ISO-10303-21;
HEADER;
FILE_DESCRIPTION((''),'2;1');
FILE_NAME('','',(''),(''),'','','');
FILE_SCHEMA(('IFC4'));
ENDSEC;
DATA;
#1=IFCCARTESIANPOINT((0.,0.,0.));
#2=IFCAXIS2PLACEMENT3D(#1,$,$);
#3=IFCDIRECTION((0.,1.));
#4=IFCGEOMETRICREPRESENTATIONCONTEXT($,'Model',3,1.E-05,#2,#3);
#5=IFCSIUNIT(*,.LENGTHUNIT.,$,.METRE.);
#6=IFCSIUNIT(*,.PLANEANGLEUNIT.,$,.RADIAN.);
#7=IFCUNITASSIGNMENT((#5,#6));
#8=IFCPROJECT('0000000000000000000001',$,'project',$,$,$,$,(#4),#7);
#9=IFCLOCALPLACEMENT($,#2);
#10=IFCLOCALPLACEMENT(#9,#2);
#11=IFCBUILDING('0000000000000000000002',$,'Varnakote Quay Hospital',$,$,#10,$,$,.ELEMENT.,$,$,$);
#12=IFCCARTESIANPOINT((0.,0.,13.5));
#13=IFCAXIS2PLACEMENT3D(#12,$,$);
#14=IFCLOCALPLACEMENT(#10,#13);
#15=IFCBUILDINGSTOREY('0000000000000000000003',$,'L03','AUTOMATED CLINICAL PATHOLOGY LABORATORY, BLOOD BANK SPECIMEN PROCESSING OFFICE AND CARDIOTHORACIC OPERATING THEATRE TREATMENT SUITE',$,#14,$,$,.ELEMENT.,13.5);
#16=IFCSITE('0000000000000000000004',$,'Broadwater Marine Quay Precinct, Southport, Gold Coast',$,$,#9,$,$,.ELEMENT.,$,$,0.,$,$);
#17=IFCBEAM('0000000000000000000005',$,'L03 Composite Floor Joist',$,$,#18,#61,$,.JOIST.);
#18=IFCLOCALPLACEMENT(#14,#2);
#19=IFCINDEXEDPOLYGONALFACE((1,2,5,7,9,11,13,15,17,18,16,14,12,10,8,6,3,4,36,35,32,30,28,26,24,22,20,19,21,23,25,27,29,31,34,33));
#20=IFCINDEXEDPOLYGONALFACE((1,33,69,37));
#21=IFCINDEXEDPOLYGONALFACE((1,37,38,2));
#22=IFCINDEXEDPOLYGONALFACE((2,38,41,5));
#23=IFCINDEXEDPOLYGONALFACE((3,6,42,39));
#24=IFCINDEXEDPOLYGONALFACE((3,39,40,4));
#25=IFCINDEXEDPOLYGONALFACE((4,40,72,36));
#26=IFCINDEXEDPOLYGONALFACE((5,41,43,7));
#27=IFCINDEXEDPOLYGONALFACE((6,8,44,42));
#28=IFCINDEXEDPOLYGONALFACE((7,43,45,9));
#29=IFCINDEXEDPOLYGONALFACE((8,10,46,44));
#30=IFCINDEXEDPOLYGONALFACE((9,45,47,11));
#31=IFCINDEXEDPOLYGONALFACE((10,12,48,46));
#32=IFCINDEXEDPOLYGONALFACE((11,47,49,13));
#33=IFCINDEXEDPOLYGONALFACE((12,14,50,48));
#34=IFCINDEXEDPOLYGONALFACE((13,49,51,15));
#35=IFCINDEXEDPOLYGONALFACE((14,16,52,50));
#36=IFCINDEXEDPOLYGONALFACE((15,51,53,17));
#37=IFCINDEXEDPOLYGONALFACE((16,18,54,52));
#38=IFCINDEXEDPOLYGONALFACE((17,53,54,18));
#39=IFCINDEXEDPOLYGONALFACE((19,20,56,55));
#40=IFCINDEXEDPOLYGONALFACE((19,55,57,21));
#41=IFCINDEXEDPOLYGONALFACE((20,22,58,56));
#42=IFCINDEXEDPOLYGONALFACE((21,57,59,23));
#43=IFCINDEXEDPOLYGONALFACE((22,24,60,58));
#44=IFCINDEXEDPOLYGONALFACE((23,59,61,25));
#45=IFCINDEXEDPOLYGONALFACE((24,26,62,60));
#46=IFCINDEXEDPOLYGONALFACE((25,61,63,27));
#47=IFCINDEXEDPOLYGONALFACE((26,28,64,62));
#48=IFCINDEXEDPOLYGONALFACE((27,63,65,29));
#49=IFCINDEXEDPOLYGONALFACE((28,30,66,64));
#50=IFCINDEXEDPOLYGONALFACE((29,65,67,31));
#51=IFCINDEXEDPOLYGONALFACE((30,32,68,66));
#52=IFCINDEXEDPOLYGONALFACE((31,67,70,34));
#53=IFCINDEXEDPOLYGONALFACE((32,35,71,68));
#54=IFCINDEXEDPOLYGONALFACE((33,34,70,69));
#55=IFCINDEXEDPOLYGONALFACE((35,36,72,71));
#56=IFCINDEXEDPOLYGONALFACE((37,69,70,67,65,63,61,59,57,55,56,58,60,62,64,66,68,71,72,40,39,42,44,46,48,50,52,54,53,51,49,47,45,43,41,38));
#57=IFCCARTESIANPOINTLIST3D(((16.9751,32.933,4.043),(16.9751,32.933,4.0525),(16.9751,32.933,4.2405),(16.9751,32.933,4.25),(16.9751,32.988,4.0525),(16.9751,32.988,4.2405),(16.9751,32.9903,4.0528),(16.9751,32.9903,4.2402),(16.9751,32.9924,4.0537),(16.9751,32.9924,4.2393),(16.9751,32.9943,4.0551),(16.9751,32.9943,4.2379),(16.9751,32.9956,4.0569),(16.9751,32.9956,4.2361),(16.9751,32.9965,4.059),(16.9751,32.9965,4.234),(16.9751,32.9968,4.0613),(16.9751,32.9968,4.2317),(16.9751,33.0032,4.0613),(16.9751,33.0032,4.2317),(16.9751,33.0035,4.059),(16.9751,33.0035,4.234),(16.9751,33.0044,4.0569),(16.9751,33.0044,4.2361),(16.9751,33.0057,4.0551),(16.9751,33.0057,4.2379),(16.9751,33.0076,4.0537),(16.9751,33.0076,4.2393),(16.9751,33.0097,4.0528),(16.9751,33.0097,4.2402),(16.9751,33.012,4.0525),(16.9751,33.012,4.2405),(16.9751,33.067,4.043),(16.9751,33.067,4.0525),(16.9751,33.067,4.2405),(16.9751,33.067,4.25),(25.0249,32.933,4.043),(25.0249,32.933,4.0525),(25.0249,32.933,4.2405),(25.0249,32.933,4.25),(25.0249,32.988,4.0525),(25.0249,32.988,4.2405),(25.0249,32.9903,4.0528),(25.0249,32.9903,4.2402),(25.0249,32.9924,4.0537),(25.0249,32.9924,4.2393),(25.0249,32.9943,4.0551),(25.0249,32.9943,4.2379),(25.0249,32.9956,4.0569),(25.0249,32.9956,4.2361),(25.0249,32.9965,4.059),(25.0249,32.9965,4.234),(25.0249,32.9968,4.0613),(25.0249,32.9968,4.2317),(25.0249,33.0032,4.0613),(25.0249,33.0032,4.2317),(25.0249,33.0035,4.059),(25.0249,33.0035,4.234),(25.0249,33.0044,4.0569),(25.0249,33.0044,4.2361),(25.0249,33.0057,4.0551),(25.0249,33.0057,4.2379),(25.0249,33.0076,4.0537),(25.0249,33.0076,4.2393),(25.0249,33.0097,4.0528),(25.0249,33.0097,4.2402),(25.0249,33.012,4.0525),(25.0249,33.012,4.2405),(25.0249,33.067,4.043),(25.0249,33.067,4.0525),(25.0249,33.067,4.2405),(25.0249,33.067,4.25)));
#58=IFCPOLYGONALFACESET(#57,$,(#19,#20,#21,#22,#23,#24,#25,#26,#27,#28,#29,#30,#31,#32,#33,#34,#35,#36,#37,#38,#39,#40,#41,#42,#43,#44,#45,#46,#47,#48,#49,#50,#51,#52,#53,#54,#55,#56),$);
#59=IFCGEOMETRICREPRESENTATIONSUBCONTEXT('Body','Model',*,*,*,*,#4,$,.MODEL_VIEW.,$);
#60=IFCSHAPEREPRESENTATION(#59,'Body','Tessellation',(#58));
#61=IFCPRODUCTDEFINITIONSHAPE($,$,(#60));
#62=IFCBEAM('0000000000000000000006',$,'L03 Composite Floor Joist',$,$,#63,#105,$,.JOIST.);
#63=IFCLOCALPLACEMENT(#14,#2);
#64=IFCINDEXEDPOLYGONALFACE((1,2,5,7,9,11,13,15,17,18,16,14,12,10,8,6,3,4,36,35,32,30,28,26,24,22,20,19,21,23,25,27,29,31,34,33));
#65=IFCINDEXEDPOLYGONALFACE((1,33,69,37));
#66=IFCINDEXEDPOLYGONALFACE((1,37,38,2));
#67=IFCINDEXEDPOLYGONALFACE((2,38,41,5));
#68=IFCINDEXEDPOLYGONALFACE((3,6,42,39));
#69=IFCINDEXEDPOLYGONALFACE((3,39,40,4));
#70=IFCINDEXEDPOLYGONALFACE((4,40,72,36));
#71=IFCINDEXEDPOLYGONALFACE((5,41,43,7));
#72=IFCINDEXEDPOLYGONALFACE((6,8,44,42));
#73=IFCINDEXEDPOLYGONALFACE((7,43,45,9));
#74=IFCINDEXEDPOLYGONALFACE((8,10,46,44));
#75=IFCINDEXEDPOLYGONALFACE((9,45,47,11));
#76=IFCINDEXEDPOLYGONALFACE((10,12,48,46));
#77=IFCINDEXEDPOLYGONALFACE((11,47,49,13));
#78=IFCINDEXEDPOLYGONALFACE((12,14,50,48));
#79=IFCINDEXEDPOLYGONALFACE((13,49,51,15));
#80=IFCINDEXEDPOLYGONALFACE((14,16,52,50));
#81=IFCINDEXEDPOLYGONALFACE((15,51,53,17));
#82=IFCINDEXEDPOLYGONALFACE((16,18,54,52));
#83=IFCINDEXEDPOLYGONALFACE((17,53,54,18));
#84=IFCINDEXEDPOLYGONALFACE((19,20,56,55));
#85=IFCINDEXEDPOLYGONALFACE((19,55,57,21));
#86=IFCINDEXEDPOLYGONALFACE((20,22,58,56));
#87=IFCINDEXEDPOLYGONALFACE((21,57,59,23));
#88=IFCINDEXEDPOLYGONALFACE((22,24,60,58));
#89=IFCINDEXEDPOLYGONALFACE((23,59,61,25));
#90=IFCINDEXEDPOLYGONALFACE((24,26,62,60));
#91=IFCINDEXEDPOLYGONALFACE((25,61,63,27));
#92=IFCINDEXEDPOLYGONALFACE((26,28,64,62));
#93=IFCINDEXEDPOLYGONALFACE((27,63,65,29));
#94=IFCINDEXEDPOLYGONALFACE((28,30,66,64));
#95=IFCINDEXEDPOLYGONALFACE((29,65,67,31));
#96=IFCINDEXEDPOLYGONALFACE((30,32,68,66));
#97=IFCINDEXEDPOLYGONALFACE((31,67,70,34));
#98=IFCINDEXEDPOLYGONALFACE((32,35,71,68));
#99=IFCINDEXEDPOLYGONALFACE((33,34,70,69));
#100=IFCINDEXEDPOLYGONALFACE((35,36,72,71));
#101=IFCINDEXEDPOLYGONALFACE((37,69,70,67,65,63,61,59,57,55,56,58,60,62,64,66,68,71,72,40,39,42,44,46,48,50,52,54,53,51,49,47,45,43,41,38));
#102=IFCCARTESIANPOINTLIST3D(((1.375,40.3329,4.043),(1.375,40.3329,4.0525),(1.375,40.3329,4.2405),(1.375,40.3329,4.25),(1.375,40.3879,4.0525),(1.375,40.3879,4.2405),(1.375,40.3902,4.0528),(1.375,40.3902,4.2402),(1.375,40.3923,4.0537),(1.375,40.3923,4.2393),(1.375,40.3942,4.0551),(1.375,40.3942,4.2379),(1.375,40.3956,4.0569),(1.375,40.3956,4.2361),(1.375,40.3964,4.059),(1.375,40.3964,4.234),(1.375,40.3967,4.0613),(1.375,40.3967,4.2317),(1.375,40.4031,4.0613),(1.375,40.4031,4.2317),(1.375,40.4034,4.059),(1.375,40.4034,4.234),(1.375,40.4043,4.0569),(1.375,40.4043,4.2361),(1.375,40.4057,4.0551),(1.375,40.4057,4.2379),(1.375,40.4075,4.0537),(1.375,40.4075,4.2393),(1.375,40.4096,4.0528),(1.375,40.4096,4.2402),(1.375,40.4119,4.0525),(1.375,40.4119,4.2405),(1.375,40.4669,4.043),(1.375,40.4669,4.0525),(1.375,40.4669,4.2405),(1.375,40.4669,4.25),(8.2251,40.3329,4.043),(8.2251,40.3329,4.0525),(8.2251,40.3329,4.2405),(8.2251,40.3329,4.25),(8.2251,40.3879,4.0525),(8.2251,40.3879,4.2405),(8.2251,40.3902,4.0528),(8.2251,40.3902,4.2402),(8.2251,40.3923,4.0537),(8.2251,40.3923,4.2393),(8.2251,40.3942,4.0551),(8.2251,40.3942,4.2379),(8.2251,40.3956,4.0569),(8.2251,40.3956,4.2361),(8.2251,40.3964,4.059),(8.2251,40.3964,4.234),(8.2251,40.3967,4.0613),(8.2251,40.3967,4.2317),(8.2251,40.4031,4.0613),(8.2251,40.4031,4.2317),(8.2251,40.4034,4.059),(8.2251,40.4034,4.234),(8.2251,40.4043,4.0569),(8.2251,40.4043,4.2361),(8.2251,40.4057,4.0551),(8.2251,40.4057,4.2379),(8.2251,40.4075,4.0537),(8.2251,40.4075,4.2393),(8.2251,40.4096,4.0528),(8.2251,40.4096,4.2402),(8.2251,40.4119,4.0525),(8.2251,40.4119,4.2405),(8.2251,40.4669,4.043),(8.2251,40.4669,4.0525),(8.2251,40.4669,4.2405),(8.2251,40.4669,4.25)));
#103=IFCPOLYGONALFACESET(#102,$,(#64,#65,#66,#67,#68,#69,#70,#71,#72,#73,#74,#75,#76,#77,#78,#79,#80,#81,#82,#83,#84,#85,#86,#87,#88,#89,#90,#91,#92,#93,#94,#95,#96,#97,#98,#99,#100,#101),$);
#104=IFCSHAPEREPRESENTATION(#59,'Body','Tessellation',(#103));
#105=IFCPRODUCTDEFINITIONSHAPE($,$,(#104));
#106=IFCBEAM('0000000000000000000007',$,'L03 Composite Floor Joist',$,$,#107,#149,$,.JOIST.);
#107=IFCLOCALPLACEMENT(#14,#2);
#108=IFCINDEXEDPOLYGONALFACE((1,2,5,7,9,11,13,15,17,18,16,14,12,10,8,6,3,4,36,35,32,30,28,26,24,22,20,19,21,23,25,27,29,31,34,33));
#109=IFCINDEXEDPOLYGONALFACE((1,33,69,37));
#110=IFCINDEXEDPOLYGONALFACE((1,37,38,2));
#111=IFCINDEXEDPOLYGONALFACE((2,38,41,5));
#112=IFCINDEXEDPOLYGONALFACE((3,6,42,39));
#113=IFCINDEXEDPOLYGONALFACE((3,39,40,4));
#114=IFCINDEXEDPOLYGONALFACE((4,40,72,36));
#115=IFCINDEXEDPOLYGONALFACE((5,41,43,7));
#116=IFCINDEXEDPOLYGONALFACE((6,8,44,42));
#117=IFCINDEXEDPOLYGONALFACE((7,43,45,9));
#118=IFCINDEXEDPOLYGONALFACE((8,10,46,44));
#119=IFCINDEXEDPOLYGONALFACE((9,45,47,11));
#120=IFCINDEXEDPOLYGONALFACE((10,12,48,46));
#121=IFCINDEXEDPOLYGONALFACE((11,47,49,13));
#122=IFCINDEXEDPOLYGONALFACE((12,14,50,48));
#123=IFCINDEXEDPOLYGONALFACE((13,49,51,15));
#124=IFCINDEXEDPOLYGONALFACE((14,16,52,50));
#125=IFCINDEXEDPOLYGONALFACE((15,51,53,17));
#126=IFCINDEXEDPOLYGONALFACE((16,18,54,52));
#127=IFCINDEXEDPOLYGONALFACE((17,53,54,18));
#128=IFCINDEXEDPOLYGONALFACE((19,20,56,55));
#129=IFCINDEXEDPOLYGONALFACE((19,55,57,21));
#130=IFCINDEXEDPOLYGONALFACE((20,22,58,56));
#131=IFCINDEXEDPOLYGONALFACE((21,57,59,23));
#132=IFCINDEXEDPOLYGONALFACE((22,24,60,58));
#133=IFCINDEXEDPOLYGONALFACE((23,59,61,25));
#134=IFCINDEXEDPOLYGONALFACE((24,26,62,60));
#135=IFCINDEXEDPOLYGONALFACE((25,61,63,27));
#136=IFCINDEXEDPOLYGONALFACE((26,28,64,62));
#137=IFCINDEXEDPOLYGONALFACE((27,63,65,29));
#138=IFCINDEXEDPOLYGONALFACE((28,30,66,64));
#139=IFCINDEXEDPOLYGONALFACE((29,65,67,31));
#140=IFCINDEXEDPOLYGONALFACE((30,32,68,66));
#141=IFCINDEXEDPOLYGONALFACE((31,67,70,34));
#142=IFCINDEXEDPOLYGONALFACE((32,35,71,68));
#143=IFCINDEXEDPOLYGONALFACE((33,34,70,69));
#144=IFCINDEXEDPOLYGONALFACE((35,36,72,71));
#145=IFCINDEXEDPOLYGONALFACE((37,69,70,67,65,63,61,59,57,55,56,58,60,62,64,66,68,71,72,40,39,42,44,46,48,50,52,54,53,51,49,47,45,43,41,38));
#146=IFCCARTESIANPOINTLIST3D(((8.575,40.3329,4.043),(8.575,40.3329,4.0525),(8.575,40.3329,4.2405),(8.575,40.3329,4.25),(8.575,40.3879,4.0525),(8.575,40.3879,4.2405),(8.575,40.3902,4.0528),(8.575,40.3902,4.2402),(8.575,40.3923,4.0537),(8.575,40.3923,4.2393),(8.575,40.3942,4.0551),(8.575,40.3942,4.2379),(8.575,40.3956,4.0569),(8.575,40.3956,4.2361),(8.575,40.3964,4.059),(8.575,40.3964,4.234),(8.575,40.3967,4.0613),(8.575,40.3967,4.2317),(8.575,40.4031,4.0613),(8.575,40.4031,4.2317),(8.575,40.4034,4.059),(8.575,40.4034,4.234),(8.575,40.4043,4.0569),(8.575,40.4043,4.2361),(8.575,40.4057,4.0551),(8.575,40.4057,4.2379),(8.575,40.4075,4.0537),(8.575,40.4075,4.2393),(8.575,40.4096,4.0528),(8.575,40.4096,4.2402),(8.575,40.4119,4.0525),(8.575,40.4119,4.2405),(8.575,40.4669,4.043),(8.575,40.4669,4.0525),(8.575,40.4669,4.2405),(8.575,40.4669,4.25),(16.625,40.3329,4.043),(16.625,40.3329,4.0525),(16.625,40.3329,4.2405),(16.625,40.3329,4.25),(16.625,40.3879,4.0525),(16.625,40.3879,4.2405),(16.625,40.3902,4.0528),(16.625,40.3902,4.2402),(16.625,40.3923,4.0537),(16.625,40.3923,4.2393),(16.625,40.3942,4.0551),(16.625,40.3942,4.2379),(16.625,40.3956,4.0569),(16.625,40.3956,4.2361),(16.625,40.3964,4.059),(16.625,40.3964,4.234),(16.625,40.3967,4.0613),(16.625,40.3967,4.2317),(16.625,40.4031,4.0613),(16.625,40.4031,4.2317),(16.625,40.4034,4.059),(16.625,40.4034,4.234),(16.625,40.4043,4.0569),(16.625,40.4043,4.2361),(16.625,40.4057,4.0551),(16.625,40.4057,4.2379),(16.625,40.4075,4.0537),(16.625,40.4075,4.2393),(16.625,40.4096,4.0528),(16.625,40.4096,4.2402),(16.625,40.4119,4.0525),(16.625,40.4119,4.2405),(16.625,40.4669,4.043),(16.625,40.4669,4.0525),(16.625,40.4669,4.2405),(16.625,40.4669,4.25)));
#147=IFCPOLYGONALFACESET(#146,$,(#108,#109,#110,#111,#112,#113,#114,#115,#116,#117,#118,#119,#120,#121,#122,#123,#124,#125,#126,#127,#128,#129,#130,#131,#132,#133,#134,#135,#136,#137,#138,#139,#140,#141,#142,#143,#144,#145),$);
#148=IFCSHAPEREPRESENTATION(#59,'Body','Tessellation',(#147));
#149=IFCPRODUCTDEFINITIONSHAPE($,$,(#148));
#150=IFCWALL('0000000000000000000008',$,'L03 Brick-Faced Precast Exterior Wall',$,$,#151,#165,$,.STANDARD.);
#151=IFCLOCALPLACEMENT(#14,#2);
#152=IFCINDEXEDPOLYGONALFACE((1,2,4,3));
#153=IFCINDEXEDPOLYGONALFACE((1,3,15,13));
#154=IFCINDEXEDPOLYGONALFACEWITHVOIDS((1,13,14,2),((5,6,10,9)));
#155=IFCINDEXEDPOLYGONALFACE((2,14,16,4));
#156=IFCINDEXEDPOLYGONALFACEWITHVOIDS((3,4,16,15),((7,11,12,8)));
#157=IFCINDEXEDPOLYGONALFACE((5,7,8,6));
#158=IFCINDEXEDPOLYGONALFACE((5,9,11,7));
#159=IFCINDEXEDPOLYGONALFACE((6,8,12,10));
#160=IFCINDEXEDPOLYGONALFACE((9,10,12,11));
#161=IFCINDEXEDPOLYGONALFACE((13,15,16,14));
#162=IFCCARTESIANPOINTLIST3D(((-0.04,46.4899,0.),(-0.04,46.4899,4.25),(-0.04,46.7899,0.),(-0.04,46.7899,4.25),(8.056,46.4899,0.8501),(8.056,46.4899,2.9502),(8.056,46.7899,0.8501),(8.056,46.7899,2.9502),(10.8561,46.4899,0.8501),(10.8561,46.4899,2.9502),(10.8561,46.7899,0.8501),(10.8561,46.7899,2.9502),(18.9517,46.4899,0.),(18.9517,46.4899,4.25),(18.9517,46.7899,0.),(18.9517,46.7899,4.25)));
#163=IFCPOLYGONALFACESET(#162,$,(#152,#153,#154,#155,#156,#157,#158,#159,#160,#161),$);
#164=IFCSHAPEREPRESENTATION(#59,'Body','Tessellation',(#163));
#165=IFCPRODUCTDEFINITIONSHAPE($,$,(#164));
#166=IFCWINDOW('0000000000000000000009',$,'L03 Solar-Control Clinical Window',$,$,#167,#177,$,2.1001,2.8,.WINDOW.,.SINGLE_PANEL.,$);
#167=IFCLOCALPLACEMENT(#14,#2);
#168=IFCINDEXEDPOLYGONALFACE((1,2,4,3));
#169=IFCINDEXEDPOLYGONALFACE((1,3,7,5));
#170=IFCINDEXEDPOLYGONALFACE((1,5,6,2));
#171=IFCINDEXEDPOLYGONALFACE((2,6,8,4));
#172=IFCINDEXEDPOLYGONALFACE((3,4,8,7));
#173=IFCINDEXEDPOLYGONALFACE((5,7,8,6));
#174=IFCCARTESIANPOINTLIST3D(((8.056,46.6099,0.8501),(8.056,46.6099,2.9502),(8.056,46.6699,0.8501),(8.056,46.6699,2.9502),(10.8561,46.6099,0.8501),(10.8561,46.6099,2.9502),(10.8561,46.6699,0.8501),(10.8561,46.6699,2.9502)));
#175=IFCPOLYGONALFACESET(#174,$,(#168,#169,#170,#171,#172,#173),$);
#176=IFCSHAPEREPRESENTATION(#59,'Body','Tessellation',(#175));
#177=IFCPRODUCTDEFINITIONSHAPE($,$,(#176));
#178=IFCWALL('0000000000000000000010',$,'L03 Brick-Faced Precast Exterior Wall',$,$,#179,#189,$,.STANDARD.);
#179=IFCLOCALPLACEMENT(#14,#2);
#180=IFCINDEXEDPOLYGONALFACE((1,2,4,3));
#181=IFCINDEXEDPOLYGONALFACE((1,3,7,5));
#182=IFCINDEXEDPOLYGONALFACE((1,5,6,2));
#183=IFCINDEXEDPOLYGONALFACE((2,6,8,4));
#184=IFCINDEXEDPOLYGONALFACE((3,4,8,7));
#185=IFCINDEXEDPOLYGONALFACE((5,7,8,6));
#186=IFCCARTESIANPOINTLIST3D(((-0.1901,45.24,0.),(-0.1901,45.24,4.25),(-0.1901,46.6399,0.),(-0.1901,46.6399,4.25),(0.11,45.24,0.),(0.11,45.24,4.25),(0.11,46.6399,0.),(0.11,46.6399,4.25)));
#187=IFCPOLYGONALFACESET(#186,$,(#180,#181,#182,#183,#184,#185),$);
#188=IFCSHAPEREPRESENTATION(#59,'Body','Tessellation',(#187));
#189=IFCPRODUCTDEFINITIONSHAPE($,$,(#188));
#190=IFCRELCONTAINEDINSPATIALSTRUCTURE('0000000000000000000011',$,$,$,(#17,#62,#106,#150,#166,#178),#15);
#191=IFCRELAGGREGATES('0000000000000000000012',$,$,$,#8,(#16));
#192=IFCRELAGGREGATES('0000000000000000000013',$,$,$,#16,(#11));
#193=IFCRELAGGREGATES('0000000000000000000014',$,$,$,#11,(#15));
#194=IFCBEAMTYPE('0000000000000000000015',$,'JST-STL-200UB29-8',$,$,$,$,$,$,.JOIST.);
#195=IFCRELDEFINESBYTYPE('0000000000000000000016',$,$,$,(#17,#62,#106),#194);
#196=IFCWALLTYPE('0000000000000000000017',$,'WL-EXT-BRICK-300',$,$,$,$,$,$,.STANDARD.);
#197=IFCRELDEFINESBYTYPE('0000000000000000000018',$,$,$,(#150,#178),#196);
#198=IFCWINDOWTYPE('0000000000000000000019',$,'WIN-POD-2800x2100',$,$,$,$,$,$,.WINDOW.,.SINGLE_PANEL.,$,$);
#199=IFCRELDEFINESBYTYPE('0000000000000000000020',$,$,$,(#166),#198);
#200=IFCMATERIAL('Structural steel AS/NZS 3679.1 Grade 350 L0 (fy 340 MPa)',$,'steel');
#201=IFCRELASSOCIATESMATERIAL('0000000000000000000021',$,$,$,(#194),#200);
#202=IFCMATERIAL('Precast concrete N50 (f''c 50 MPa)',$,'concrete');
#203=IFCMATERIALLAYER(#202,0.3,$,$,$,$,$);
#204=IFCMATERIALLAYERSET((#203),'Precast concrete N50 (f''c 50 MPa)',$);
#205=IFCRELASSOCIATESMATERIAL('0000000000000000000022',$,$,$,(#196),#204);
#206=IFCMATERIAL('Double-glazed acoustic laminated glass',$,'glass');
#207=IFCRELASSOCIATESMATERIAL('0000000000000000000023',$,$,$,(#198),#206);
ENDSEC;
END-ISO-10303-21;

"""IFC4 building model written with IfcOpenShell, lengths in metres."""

from ifc_helpers import new_model, si_unit, direction, frame, frame_2d, origin, origin_2d, place, context, subcontext, project, spatial, rectangle, i_section, extrude, material, layer, layer_set, material_profile, profile_set, type_object, element, fill, save


model = new_model("IFC4")

# Units and contexts
model_context = context("Model", 3, precision=1e-05, world=origin(), true_north=direction((0.0, 1.0)))
body_context = subcontext(model_context, "Body", "Model", "MODEL_VIEW")
ifc_project = project(units=[si_unit("LENGTHUNIT", "METRE"), si_unit("PLANEANGLEUNIT", "RADIAN")], contexts=[model_context])

# Site, building, storey
site_placement = place(None, origin())
site = spatial("IfcSite", under=ifc_project, at=site_placement, Name="Broadwater Marine Quay Precinct, Southport, Gold Coast", CompositionType="ELEMENT", RefElevation=0.0)
building_placement = place(site_placement, origin())
building = spatial("IfcBuilding", under=site, at=building_placement, Name="Varnakote Quay Hospital", CompositionType="ELEMENT")
storey_placement = place(building_placement, frame((0.0, 0.0, 13.5)))
storey = spatial("IfcBuildingStorey", under=building, at=storey_placement, Name="L03", Description="AUTOMATED CLINICAL PATHOLOGY LABORATORY, BLOOD BANK SPECIMEN PROCESSING OFFICE AND CARDIOTHORACIC OPERATING THEATRE TREATMENT SUITE", CompositionType="ELEMENT", Elevation=13.5)

# Beams
ifc_material_1 = material(Name="Structural steel AS/NZS 3679.1 Grade 350 L0 (fy 340 MPa)", Category="steel")
ifc_material_profile_1 = material_profile(ifc_material_1, i_section(OverallWidth=0.134, OverallDepth=0.207, WebThickness=0.0063, FlangeThickness=0.0095, FilletRadius=0.0088, at=origin_2d()), Name="200UB29.8")
ifc_profile_set_1 = profile_set([ifc_material_profile_1], Name="Structural steel AS/NZS 3679.1 Grade 350 L0 (fy 340 MPa)")
beam_type_1 = type_object("IfcBeamType", Name="JST-STL-200UB29-8", PredefinedType="JOIST", material=ifc_profile_set_1)
beam_1_placement = place(storey_placement, frame((16.9751, 33.0, 4.1465), z_axis=(1.0, 0.0, 0.0), x_axis=(0.0, 1.0, 0.0)))
element("IfcBeam", 1, at=beam_1_placement, inside=storey, type_object=beam_type_1, Name="L03 Composite Floor Joist", PredefinedType="JOIST", context=body_context, shape_type="SweptSolid", body=[
    extrude(i_section(OverallWidth=0.134, OverallDepth=0.207, WebThickness=0.0063, FlangeThickness=0.0095, FilletRadius=0.0088, at=origin_2d()), origin(), (0.0, 0.0, 1.0), 8.0498),
])
beam_2_placement = place(storey_placement, frame((1.375, 40.3999, 4.1465), z_axis=(1.0, 0.0, 0.0), x_axis=(0.0, 1.0, 0.0)))
element("IfcBeam", 2, at=beam_2_placement, inside=storey, type_object=beam_type_1, Name="L03 Composite Floor Joist", PredefinedType="JOIST", context=body_context, shape_type="SweptSolid", body=[
    extrude(i_section(OverallWidth=0.134, OverallDepth=0.207, WebThickness=0.0063, FlangeThickness=0.0095, FilletRadius=0.0088, at=origin_2d()), origin(), (0.0, 0.0, 1.0), 6.8501),
])
beam_3_placement = place(storey_placement, frame((8.575, 40.3999, 4.1465), z_axis=(1.0, 0.0, 0.0), x_axis=(0.0, 1.0, 0.0)))
element("IfcBeam", 3, at=beam_3_placement, inside=storey, type_object=beam_type_1, Name="L03 Composite Floor Joist", PredefinedType="JOIST", context=body_context, shape_type="SweptSolid", body=[
    extrude(i_section(OverallWidth=0.134, OverallDepth=0.207, WebThickness=0.0063, FlangeThickness=0.0095, FilletRadius=0.0088, at=origin_2d()), origin(), (0.0, 0.0, 1.0), 8.05),
])

# Wall, opening, window
ifc_material_2 = material(Name="Precast concrete N50 (f'c 50 MPa)", Category="concrete")
ifc_layer_1 = layer(ifc_material_2, 0.3)
ifc_layer_set_1 = layer_set([ifc_layer_1], Name="Precast concrete N50 (f'c 50 MPa)")
wall_type_1 = type_object("IfcWallType", Name="WL-EXT-BRICK-300", PredefinedType="STANDARD", material=ifc_layer_set_1)
wall_1_placement = place(storey_placement, frame((18.9517, 46.6399, 0.0), z_axis=(0.0, 0.0, 1.0), x_axis=(-1.0, 0.0, 0.0)))
wall_1 = element("IfcWall", 4, at=wall_1_placement, inside=storey, type_object=wall_type_1, Name="L03 Brick-Faced Precast Exterior Wall", PredefinedType="STANDARD", context=body_context, shape_type="SweptSolid", body=[
    extrude(rectangle(XDim=18.9917, YDim=0.3, at=frame_2d((9.4958, 0.0))), origin(), (0.0, 0.0, 1.0), 4.25),
])
opening_1_placement = place(wall_1_placement, frame((8.0957, 0.0, 0.8501)))
opening_1 = element("IfcOpeningElement", 5, at=opening_1_placement, cuts=wall_1, PredefinedType="OPENING", context=body_context, shape_type="SweptSolid", body=[
    extrude(rectangle(XDim=2.8, YDim=2.1001, at=frame_2d((1.3999, 1.05))), frame((0.0, 0.1599, 0.0), z_axis=(0.0, -1.0, 0.0), x_axis=(1.0, 0.0, 0.0)), (0.0, 0.0, 1.0), 0.3201),
])
ifc_material_3 = material(Name="Double-glazed acoustic laminated glass", Category="glass")
window_type = type_object("IfcWindowType", Name="WIN-POD-2800x2100", PartitioningType="SINGLE_PANEL", PredefinedType="WINDOW", material=ifc_material_3)
window_1_placement = place(opening_1_placement, origin())
window_1 = element("IfcWindow", 6, at=window_1_placement, inside=storey, type_object=window_type, Name="L03 Solar-Control Clinical Window", OverallHeight=2.1001, OverallWidth=2.8, PartitioningType="SINGLE_PANEL", PredefinedType="WINDOW", context=body_context, shape_type="SweptSolid", body=[
    extrude(rectangle(XDim=2.8, YDim=2.1001, at=frame_2d((1.3999, 1.05))), frame((0.0, 0.03, 0.0), z_axis=(0.0, -1.0, 0.0), x_axis=(1.0, 0.0, 0.0)), (0.0, 0.0, 1.0), 0.0601),
])
fill(opening_1, window_1)

# Wall
for number, where, z_axis, x_axis, name in (
    (7, (-0.04, 46.6399, 0.0), (0.0, 0.0, 1.0), (0.0, -1.0, 0.0), "L03 Brick-Faced Precast Exterior Wall"),
):
    element("IfcWall", number, at=place(storey_placement, frame(where, z_axis=z_axis, x_axis=x_axis)), inside=storey, type_object=wall_type_1, Name=name, PredefinedType="STANDARD", context=body_context, shape_type="SweptSolid", body=[
        extrude(rectangle(XDim=1.3999, YDim=0.3, at=frame_2d((0.7, 0.0))), origin(), (0.0, 0.0, 1.0), 4.25),
    ])

save(model, "model.ifc")
